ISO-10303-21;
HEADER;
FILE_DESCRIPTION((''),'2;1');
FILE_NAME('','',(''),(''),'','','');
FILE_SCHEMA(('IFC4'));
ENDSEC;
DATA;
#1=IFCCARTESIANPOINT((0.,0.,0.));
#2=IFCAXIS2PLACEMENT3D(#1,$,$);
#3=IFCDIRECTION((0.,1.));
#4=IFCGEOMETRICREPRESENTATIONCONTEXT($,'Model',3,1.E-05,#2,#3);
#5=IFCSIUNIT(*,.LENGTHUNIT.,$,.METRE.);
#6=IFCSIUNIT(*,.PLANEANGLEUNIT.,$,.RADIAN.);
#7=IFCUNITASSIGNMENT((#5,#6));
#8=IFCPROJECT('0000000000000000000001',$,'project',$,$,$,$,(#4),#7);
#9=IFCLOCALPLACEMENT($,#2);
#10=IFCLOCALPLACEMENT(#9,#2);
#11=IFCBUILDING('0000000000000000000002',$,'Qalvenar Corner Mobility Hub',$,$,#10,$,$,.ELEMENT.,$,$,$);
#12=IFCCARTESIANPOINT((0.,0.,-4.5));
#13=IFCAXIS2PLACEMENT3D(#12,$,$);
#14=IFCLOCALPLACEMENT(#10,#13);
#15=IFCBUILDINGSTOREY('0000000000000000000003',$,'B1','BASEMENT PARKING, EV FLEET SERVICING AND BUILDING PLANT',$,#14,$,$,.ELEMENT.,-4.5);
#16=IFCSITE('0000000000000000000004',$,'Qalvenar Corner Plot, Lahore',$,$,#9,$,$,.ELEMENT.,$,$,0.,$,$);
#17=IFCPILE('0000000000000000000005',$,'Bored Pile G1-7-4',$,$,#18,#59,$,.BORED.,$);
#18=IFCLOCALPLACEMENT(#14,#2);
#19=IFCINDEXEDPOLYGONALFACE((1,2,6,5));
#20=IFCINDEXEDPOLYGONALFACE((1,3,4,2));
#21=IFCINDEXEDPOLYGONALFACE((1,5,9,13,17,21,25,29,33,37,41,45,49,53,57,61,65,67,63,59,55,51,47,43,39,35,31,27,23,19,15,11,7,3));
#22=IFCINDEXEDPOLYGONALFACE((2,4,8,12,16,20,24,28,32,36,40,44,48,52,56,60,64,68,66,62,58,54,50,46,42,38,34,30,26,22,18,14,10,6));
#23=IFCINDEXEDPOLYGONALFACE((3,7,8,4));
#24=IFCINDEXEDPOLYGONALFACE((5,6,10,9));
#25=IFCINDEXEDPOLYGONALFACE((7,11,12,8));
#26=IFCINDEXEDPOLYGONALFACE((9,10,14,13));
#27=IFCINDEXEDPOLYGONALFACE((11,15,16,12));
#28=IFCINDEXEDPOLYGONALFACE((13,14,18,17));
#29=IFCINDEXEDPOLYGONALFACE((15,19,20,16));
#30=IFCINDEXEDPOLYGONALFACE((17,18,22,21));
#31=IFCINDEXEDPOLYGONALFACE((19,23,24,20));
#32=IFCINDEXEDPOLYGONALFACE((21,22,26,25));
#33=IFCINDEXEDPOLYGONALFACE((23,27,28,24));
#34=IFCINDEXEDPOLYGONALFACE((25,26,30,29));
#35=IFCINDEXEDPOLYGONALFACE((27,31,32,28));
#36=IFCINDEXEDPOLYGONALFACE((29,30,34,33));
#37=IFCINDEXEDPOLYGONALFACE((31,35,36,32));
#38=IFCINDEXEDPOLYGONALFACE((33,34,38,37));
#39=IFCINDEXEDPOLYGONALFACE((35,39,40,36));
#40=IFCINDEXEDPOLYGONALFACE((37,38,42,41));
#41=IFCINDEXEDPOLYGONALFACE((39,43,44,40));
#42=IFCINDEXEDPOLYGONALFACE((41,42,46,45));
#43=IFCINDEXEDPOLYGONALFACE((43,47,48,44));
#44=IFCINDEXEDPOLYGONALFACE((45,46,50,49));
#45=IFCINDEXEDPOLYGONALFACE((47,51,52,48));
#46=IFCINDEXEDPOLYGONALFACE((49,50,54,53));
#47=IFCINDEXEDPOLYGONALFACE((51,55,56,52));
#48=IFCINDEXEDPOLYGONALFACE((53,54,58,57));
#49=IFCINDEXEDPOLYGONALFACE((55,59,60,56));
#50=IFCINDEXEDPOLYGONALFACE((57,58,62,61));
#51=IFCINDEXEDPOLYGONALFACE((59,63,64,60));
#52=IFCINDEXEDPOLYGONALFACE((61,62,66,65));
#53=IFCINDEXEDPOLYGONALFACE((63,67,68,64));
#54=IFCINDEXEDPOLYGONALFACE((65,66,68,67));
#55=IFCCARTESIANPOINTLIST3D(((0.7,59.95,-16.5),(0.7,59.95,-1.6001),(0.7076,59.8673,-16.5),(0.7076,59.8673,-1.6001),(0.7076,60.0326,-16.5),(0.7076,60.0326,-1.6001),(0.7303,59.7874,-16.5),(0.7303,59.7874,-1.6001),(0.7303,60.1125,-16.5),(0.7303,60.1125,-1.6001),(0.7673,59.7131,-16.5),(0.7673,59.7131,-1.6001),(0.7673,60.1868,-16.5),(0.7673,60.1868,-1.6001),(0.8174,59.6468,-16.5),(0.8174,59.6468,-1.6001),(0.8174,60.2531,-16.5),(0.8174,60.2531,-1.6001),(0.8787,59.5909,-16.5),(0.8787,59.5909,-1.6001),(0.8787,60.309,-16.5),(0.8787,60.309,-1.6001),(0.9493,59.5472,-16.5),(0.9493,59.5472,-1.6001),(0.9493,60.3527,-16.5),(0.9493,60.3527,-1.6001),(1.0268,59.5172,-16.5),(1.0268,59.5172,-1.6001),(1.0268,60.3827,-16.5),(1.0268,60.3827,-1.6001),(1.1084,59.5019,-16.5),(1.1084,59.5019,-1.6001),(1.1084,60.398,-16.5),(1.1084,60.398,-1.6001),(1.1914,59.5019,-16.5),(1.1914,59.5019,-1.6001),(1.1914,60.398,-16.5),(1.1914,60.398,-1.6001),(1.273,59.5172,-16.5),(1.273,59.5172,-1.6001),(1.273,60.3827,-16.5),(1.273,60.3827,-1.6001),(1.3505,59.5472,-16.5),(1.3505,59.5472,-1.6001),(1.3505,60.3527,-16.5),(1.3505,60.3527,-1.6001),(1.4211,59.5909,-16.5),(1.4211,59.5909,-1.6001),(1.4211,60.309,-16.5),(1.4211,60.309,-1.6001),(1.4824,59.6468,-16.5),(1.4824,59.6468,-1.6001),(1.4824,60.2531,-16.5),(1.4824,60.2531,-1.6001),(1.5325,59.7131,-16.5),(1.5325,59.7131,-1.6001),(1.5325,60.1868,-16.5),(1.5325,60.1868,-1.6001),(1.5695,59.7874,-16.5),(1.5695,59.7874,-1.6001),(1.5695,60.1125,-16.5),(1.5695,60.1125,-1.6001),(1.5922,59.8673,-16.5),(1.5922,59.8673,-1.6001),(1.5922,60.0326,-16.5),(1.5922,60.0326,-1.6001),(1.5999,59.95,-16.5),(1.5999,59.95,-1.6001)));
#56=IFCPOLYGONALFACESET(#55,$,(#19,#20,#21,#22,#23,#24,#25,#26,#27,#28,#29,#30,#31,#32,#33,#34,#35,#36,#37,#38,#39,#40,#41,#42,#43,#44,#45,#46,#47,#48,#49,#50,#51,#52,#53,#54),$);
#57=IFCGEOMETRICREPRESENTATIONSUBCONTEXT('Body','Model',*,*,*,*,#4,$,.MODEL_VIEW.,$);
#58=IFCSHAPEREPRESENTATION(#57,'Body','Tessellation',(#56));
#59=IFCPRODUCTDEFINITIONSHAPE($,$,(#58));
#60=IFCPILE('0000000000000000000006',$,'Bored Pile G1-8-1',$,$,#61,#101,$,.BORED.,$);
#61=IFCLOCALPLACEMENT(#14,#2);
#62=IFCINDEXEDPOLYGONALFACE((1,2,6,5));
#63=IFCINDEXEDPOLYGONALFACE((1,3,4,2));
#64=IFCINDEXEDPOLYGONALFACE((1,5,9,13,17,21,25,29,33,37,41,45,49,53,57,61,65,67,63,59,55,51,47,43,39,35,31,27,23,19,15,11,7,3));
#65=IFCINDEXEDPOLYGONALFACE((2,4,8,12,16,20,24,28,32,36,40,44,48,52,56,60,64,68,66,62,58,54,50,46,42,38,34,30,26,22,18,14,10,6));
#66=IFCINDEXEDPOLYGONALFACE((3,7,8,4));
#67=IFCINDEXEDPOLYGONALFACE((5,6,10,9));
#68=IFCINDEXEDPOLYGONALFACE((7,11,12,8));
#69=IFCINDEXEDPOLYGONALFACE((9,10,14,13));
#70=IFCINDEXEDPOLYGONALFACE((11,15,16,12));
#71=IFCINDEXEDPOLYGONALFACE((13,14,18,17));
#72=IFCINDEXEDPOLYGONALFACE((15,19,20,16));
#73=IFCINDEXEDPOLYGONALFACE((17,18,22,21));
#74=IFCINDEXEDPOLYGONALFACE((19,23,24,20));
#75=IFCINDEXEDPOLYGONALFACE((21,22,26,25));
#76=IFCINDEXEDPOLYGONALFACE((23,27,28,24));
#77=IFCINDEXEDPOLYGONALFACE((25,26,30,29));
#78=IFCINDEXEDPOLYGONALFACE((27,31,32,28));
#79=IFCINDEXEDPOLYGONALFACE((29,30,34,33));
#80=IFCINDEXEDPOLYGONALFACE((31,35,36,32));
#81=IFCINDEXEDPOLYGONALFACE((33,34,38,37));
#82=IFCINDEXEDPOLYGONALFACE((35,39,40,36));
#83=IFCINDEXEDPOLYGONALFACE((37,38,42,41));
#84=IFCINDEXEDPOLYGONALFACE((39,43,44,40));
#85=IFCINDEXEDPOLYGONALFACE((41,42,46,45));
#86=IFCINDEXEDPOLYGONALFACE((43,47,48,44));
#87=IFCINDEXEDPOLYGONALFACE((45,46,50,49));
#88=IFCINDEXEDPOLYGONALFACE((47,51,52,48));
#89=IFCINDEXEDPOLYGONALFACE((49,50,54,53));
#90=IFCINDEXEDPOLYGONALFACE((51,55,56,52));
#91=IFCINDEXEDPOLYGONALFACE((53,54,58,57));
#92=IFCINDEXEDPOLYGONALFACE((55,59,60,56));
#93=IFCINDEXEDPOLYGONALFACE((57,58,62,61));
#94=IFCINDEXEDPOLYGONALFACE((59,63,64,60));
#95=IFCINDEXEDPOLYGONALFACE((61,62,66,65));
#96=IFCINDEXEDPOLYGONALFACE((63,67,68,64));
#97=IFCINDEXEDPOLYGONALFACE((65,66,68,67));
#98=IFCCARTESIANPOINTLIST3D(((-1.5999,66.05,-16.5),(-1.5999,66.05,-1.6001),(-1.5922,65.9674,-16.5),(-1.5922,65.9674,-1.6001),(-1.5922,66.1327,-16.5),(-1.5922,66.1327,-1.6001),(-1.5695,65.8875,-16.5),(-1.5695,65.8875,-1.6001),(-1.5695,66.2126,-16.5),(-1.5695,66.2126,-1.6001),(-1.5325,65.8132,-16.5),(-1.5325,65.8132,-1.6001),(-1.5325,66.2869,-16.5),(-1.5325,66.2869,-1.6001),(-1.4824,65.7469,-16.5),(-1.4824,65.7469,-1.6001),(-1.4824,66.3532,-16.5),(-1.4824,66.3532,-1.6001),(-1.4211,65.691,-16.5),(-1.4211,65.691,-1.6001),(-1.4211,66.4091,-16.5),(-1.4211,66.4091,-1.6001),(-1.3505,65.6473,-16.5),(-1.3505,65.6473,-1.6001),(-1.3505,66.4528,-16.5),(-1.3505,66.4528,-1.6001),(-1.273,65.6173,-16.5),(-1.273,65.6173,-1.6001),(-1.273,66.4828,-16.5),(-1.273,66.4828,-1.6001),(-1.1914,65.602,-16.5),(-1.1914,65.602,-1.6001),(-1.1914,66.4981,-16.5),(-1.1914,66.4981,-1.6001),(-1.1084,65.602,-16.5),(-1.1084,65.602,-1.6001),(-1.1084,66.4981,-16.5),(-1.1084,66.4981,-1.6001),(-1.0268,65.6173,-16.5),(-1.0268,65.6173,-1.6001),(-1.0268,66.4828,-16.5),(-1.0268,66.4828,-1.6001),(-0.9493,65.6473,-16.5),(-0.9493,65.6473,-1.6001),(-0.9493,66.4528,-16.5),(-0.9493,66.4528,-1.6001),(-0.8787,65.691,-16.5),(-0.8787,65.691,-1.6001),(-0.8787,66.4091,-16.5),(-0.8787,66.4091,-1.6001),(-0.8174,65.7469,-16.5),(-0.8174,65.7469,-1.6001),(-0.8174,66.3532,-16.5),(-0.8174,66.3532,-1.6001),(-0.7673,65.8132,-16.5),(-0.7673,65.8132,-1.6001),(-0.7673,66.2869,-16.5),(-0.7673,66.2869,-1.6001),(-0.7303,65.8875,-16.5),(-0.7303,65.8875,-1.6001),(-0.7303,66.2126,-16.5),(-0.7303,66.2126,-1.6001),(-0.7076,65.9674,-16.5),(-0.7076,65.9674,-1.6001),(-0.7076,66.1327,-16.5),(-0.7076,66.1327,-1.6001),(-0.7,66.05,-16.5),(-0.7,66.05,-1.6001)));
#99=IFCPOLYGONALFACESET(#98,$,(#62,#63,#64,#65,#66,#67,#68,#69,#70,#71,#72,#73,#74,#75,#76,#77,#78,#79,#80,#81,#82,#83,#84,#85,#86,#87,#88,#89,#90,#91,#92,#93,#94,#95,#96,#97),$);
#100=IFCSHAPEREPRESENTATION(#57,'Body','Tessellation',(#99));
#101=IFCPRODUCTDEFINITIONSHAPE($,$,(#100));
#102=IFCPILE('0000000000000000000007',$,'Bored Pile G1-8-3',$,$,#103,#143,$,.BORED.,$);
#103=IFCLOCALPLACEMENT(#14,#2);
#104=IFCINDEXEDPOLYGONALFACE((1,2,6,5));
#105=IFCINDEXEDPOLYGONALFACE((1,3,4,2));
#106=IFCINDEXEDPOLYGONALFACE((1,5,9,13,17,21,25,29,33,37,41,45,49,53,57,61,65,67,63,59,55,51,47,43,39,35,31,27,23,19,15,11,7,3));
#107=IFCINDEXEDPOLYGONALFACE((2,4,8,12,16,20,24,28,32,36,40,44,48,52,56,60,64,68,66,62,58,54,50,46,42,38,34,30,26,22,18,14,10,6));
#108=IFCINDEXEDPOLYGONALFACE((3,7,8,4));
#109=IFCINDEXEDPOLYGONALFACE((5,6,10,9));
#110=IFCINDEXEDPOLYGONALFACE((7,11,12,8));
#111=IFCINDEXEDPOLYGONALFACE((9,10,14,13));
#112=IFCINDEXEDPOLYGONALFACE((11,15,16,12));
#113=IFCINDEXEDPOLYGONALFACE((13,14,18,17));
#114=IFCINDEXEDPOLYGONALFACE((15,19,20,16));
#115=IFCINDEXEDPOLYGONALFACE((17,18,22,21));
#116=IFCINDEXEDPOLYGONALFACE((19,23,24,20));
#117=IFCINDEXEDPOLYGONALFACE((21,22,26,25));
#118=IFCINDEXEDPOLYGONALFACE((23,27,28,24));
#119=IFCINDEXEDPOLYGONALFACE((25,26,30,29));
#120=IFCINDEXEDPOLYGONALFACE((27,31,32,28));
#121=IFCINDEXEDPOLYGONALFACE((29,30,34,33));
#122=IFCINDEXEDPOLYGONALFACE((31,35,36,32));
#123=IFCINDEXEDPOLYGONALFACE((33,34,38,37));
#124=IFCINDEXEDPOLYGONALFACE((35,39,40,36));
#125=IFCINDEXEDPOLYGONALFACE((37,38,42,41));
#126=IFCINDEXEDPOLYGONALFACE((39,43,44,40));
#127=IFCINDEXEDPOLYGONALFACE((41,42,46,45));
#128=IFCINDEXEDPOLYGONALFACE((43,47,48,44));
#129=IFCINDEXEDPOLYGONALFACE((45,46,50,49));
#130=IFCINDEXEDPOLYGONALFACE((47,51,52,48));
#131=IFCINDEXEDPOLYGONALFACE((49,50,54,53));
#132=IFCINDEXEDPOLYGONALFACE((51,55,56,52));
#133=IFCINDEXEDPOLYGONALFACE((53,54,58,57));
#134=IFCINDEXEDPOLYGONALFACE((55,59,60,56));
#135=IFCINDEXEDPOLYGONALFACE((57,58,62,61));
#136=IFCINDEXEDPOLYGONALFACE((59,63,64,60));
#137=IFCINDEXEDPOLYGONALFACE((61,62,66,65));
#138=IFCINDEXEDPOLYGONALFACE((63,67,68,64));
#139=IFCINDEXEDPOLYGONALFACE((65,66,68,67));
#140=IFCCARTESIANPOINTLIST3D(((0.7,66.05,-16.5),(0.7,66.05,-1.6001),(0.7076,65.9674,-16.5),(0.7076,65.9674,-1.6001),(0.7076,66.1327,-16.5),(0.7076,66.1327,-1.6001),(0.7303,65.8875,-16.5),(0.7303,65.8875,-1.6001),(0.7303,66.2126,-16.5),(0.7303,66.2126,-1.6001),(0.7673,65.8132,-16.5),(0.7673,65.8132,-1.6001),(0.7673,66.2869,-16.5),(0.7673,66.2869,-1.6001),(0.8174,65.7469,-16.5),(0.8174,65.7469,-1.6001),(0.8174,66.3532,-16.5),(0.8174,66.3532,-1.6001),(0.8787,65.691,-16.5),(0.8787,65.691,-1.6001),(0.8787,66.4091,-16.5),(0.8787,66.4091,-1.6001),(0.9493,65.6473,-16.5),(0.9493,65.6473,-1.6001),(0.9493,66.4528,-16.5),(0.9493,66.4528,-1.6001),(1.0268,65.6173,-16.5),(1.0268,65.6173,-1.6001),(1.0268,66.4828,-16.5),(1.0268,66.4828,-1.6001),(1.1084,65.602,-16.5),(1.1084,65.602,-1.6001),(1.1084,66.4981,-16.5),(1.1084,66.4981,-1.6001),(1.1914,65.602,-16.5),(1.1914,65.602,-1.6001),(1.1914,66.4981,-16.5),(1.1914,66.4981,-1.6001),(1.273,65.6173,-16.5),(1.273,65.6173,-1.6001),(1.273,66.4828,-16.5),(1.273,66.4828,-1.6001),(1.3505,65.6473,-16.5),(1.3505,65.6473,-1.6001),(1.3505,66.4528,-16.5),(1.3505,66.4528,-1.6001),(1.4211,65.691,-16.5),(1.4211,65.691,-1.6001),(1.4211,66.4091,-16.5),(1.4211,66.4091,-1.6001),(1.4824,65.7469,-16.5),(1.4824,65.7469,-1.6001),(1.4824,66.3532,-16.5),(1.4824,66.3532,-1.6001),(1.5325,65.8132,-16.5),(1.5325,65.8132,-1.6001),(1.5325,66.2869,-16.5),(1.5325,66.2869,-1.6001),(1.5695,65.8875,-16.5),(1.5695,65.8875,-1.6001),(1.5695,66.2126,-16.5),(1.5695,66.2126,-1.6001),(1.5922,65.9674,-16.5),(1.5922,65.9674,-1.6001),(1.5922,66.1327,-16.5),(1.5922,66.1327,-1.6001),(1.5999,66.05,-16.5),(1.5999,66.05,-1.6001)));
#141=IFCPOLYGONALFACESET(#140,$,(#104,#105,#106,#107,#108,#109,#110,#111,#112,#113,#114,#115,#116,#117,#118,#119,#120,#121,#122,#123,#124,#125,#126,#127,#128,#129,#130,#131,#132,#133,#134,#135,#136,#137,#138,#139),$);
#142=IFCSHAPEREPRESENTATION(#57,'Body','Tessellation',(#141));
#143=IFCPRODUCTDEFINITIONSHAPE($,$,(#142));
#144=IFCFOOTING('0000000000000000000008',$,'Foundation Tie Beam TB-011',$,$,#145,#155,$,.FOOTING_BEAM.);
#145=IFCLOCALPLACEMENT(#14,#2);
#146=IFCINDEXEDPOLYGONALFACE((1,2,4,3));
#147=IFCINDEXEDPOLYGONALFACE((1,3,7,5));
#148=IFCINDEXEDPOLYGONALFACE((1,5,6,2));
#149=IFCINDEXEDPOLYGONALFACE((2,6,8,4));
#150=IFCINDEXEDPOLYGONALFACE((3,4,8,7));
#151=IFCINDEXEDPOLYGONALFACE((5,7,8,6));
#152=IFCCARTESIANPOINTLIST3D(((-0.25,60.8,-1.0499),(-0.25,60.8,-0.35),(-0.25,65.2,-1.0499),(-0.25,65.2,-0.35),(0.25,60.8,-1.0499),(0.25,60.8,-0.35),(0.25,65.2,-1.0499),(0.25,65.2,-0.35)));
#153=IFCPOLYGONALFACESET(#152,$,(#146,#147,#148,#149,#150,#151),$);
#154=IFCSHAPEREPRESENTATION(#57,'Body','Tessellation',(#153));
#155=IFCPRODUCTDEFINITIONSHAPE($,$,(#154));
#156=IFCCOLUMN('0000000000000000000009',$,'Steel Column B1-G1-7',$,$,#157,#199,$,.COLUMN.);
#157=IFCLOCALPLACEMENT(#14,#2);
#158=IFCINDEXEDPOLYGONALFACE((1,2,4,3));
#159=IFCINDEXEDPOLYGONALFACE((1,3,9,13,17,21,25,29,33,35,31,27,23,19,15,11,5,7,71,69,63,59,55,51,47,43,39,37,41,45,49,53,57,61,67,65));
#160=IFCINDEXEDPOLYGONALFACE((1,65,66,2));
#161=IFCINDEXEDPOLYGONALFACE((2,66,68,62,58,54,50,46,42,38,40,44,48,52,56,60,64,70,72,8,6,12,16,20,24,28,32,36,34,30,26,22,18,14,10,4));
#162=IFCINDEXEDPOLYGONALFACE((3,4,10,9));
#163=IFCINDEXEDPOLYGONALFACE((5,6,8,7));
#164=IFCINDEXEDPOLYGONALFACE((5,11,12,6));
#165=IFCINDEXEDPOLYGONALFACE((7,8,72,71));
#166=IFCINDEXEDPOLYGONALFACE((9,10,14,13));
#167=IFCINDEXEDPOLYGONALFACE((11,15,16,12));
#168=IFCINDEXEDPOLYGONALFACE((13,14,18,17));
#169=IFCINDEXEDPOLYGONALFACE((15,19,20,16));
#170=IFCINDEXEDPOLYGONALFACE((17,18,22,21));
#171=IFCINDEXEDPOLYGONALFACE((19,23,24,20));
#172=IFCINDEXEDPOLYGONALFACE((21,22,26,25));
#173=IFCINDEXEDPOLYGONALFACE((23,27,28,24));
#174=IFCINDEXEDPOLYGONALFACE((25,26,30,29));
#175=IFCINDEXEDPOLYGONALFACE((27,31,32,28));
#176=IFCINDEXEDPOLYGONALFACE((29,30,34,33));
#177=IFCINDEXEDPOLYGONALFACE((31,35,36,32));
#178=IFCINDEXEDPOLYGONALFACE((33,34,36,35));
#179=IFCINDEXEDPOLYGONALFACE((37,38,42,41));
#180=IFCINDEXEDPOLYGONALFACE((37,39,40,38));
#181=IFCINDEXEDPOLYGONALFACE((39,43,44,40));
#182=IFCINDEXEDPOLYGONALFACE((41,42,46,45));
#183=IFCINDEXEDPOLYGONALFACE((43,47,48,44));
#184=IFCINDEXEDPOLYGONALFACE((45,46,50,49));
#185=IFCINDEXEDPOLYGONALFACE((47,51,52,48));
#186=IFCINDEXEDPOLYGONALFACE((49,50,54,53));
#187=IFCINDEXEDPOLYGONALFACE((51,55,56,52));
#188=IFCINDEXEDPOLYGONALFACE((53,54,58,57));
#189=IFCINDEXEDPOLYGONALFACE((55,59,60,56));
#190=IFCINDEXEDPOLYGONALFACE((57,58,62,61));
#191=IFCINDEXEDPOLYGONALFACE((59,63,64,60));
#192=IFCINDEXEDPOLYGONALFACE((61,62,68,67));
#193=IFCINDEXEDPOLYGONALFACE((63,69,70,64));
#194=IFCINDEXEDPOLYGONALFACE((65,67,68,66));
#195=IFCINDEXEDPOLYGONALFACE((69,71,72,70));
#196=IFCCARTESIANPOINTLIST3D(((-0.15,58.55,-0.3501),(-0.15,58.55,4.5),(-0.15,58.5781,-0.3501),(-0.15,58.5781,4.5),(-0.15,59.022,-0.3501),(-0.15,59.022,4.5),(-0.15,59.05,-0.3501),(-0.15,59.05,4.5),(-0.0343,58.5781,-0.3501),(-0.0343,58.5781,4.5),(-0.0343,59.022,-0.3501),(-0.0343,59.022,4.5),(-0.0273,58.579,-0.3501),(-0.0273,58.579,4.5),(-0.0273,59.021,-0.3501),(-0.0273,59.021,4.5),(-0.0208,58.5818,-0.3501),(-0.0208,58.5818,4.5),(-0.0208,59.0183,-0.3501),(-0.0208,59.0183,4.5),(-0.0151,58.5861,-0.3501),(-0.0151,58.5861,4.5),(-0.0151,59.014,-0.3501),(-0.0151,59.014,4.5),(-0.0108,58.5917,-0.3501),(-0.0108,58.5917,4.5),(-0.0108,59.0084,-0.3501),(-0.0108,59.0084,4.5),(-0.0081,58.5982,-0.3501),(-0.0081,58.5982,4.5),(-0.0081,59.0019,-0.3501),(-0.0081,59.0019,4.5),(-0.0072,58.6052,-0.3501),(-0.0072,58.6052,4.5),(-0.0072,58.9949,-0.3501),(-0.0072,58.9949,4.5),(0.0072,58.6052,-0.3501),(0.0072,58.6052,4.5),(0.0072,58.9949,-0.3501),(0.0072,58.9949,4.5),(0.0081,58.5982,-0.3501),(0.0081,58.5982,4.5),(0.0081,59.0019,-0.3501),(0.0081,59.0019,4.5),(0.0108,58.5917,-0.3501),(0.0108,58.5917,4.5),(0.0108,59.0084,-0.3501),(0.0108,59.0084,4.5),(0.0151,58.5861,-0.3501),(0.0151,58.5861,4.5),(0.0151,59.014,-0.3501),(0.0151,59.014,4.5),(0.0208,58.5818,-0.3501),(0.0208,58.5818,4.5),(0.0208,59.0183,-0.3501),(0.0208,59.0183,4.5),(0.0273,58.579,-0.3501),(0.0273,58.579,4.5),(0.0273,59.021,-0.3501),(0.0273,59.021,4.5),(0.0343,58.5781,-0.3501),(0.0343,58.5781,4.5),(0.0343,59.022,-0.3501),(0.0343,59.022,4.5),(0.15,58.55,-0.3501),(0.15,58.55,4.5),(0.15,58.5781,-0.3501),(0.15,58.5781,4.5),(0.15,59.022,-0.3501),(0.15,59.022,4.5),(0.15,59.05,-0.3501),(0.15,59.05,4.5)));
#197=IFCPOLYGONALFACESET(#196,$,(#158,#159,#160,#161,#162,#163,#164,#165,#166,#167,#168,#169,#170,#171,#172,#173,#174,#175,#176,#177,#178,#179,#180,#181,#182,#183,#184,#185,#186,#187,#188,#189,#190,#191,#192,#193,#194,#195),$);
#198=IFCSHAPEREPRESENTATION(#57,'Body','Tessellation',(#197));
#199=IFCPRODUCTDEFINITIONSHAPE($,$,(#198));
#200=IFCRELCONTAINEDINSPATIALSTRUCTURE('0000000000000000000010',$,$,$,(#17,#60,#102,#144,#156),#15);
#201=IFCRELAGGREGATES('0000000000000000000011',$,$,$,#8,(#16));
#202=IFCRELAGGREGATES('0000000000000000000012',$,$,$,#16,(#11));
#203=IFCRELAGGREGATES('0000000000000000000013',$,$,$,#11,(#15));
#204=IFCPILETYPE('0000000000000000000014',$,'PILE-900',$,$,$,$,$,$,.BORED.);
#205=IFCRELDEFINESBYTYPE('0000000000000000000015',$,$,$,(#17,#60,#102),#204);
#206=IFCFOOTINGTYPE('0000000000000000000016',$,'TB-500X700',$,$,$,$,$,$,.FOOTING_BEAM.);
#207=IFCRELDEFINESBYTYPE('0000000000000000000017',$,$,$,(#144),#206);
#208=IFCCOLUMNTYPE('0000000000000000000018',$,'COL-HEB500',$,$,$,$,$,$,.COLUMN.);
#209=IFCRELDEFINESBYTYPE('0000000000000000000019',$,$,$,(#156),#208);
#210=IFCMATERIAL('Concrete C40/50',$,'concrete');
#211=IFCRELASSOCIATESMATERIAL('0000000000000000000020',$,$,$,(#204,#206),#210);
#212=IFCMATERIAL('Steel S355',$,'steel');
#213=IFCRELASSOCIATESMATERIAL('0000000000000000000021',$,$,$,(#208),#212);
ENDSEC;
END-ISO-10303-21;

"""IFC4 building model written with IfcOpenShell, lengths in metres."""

from ifc_helpers import new_model, si_unit, direction, frame, origin, origin_2d, place, context, subcontext, project, spatial, rectangle, circle, i_section, extrude, material, material_profile, profile_set, type_object, element, save


model = new_model("IFC4")

# Units and contexts
model_context = context("Model", 3, precision=1e-05, world=origin(), true_north=direction((0.0, 1.0)))
body_context = subcontext(model_context, "Body", "Model", "MODEL_VIEW")
ifc_project = project(units=[si_unit("LENGTHUNIT", "METRE"), si_unit("PLANEANGLEUNIT", "RADIAN")], contexts=[model_context])

# Site, building, storey
site_placement = place(None, origin())
site = spatial("IfcSite", under=ifc_project, at=site_placement, Name="Qalvenar Corner Plot, Lahore", CompositionType="ELEMENT", RefElevation=0.0)
building_placement = place(site_placement, origin())
building = spatial("IfcBuilding", under=site, at=building_placement, Name="Qalvenar Corner Mobility Hub", CompositionType="ELEMENT")
storey_placement = place(building_placement, frame((0.0, 0.0, -4.5)))
storey = spatial("IfcBuildingStorey", under=building, at=storey_placement, Name="B1", Description="BASEMENT PARKING, EV FLEET SERVICING AND BUILDING PLANT", CompositionType="ELEMENT", Elevation=-4.5)

# Shared definitions
ifc_material_1 = material(Name="Concrete C40/50", Category="concrete")

# Piles
ifc_material_profile_1 = material_profile(ifc_material_1, circle(Radius=0.45, at=origin_2d()), Name="DIA900")
ifc_profile_set_1 = profile_set([ifc_material_profile_1], Name="Concrete C40/50")
pile_type_1 = type_object("IfcPileType", Name="PILE-900", PredefinedType="BORED", material=ifc_profile_set_1)
for number, where, z_axis, x_axis, name in (
    (1, (1.1499, 59.95, -1.6001), (0.0, 0.0, -1.0), (1.0, 0.0, 0.0), "Bored Pile G1-7-4"),
    (2, (-1.1499, 66.05, -1.6001), (0.0, 0.0, -1.0), (1.0, 0.0, 0.0), "Bored Pile G1-8-1"),
    (3, (1.1499, 66.05, -1.6001), (0.0, 0.0, -1.0), (1.0, 0.0, 0.0), "Bored Pile G1-8-3"),
):
    element("IfcPile", number, at=place(storey_placement, frame(where, z_axis=z_axis, x_axis=x_axis)), inside=storey, type_object=pile_type_1, Name=name, PredefinedType="BORED", context=body_context, shape_type="SweptSolid", body=[
        extrude(circle(Radius=0.45, at=origin_2d()), origin(), (0.0, 0.0, 1.0), 14.8999),
    ])

# Footing
ifc_material_profile_2 = material_profile(ifc_material_1, rectangle(XDim=0.5, YDim=0.7, at=origin_2d()), Name="RC500x700")
ifc_profile_set_2 = profile_set([ifc_material_profile_2], Name="Concrete C40/50")
footing_type_1 = type_object("IfcFootingType", Name="TB-500X700", PredefinedType="FOOTING_BEAM", material=ifc_profile_set_2)
footing_1_placement = place(storey_placement, frame((0.0, 60.8, -0.7), z_axis=(0.0, 1.0, 0.0), x_axis=(-1.0, 0.0, 0.0)))
element("IfcFooting", 4, at=footing_1_placement, inside=storey, type_object=footing_type_1, Name="Foundation Tie Beam TB-011", PredefinedType="FOOTING_BEAM", context=body_context, shape_type="SweptSolid", body=[
    extrude(rectangle(XDim=0.5, YDim=0.7, at=origin_2d()), origin(), (0.0, 0.0, 1.0), 4.3999),
])

# Column
ifc_material_2 = material(Name="Steel S355", Category="steel")
ifc_material_profile_3 = material_profile(ifc_material_2, i_section(OverallWidth=0.3, OverallDepth=0.5, WebThickness=0.0144, FlangeThickness=0.0281, FilletRadius=0.0271, at=origin_2d()), Name="HEB500")
ifc_profile_set_3 = profile_set([ifc_material_profile_3], Name="Steel S355")
column_type = type_object("IfcColumnType", Name="COL-HEB500", PredefinedType="COLUMN", material=ifc_profile_set_3)
for number, where, z_axis, x_axis, name in (
    (5, (0.0, 58.8, -0.3501), (0.0, 0.0, 1.0), (1.0, 0.0, 0.0), "Steel Column B1-G1-7"),
):
    element("IfcColumn", number, at=place(storey_placement, frame(where, z_axis=z_axis, x_axis=x_axis)), inside=storey, type_object=column_type, Name=name, PredefinedType="COLUMN", context=body_context, shape_type="SweptSolid", body=[
        extrude(i_section(OverallWidth=0.3, OverallDepth=0.5, WebThickness=0.0144, FlangeThickness=0.0281, FilletRadius=0.0271, at=origin_2d()), origin(), (0.0, 0.0, 1.0), 4.8501),
    ])

save(model, "model.ifc")
